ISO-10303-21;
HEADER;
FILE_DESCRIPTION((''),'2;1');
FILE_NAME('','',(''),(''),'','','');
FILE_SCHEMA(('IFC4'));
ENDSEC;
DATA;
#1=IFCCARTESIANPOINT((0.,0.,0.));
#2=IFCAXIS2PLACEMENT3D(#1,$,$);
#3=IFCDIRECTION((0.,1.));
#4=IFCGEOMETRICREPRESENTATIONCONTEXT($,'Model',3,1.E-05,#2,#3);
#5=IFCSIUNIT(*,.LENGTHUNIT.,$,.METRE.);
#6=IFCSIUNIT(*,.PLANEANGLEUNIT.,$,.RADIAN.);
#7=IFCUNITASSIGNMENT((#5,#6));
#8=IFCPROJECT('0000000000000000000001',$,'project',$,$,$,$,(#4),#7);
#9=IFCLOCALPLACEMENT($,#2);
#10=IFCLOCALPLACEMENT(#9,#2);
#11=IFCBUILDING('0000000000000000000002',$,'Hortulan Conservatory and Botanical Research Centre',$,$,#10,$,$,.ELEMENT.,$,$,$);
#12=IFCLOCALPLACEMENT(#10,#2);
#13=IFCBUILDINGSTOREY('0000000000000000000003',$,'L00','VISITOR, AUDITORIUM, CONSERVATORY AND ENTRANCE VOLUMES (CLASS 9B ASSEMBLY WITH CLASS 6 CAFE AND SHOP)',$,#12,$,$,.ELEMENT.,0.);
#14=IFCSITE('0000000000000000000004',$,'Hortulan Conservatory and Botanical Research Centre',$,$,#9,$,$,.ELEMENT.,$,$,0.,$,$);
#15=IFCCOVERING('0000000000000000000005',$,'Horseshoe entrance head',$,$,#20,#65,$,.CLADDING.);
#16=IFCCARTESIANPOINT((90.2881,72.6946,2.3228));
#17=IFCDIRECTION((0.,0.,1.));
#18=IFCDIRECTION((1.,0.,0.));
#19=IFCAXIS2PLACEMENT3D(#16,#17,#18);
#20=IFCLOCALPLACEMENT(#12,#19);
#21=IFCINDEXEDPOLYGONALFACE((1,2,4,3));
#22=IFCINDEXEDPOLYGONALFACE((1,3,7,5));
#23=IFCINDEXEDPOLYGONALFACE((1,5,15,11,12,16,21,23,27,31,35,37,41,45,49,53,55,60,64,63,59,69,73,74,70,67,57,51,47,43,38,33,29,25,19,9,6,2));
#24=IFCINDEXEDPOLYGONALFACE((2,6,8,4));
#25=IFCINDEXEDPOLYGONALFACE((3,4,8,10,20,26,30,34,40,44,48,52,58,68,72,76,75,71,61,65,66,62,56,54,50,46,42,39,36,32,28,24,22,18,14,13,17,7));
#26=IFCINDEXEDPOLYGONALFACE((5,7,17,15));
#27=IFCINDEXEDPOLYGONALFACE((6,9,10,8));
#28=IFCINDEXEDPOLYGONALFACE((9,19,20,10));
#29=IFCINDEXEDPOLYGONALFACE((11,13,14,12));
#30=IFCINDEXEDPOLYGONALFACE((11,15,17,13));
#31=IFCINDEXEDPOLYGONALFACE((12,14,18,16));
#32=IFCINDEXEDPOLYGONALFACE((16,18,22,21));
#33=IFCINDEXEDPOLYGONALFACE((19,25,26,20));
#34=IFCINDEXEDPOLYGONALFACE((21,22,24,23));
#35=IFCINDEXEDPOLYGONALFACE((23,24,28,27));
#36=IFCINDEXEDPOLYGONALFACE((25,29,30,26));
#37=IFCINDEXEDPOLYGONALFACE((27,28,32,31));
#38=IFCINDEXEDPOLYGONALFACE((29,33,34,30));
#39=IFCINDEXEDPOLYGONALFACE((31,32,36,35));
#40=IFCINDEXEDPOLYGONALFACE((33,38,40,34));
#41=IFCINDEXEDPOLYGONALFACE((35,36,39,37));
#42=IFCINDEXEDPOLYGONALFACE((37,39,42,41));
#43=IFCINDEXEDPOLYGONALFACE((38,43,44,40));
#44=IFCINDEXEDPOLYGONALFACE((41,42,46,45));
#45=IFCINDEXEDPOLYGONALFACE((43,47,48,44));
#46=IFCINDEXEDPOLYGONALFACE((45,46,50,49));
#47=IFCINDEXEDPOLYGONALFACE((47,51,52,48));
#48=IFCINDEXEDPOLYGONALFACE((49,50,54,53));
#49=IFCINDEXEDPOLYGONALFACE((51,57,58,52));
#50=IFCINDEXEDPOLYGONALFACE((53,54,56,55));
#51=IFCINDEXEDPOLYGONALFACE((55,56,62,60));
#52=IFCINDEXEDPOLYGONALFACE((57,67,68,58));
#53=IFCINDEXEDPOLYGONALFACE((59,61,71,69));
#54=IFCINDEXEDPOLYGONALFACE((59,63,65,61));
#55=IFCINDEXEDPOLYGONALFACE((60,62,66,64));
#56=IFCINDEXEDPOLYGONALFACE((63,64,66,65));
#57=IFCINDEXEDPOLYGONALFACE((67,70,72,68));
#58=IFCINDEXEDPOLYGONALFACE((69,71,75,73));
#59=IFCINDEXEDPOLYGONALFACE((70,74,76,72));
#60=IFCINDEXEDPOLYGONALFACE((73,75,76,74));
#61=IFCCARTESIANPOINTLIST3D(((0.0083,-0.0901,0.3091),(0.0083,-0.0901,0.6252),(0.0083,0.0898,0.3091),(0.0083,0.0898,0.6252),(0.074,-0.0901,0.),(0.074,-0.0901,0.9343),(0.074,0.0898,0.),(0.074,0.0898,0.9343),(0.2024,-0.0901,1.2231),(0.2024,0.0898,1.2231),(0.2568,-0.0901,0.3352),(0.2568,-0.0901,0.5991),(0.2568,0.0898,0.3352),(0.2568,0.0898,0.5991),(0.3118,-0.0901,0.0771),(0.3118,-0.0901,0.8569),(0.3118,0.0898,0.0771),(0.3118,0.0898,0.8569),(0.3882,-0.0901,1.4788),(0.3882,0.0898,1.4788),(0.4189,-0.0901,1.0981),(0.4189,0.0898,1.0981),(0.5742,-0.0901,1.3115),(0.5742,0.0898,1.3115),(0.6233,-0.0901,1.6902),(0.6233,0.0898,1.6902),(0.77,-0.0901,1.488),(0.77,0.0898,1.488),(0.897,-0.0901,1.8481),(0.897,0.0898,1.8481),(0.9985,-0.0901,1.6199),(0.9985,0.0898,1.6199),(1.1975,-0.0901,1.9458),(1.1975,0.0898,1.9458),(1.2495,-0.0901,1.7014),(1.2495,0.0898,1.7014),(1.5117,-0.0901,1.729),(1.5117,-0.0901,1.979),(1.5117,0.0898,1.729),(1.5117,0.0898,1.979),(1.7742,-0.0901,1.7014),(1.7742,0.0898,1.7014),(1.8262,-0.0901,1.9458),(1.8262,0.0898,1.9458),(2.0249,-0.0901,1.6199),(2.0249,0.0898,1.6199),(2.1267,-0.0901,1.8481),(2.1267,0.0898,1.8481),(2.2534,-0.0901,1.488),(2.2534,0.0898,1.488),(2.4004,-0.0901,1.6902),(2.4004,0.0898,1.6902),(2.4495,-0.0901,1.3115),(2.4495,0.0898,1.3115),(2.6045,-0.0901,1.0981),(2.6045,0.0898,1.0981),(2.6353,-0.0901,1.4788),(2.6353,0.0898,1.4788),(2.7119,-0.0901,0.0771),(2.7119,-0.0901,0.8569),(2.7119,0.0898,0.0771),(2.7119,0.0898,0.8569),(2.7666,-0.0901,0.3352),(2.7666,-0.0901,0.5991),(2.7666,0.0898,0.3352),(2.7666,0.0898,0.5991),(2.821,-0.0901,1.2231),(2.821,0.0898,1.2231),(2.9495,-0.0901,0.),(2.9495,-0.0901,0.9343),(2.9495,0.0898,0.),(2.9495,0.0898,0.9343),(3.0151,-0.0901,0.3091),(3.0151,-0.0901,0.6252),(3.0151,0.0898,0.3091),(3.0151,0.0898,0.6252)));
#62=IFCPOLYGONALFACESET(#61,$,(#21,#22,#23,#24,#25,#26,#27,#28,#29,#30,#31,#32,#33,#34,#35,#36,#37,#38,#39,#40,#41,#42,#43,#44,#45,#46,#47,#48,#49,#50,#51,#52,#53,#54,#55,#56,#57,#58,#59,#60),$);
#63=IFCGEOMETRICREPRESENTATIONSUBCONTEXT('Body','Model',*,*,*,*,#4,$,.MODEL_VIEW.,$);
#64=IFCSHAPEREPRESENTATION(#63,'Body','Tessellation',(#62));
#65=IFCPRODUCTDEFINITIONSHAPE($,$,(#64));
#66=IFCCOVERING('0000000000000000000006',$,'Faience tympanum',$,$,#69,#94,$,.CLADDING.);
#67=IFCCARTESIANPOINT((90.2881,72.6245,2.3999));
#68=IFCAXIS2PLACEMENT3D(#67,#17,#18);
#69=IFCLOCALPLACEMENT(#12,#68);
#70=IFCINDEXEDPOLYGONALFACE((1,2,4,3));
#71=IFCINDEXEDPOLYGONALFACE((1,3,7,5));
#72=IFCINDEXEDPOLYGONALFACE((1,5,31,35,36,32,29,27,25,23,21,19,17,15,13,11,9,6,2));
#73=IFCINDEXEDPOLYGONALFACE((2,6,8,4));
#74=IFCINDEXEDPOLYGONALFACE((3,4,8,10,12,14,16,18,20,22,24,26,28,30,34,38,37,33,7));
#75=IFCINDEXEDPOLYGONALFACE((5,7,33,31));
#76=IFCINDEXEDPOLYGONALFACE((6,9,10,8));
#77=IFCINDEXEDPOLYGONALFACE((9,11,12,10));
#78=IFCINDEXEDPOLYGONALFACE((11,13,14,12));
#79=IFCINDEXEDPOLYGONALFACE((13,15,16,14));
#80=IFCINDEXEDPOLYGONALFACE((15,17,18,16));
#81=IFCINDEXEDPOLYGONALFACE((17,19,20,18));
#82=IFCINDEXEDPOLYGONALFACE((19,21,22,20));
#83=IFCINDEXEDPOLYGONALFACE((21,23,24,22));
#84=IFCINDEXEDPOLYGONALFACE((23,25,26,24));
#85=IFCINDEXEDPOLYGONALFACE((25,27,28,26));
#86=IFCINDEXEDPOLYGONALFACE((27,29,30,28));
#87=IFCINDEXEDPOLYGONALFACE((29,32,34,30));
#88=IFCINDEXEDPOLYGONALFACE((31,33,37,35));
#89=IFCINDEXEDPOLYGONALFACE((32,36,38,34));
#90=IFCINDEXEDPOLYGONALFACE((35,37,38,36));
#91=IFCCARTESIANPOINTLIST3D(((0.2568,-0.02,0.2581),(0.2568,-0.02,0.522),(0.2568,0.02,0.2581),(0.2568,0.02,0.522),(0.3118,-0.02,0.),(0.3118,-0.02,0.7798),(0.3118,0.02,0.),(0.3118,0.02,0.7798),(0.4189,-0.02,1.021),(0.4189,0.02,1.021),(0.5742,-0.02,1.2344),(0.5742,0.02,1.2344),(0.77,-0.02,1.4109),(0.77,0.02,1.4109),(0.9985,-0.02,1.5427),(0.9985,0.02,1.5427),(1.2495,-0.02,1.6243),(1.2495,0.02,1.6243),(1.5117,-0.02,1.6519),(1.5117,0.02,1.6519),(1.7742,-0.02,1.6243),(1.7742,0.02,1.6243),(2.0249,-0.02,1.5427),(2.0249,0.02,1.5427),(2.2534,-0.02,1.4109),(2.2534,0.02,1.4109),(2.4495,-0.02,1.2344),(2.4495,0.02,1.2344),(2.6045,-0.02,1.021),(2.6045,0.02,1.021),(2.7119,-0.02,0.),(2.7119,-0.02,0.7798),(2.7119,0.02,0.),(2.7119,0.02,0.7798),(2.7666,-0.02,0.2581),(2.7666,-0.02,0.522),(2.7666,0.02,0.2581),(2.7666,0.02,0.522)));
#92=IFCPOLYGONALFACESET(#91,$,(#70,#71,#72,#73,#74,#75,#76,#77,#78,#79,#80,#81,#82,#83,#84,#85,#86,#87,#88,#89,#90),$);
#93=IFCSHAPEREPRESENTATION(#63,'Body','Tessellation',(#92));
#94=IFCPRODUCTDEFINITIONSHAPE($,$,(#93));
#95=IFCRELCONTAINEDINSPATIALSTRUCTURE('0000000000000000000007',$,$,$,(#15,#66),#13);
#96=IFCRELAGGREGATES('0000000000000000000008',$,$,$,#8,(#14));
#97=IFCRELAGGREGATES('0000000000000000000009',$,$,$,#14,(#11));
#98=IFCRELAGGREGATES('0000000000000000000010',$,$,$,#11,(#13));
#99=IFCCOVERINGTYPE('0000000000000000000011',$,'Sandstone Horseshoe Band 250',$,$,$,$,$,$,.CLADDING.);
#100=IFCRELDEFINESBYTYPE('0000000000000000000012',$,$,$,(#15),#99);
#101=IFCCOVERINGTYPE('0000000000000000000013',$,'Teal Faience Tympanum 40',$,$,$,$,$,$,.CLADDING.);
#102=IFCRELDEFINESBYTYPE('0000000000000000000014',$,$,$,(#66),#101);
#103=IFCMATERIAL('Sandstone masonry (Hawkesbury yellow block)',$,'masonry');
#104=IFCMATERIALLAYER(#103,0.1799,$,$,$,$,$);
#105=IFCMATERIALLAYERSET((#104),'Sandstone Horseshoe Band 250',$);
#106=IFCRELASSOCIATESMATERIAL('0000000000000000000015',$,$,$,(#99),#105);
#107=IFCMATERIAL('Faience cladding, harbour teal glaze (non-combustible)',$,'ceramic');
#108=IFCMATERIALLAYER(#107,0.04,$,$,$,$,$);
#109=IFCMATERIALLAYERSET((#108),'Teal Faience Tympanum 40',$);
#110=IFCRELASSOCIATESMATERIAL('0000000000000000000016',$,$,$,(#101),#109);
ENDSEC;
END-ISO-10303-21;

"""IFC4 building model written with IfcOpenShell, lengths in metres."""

from ifc_helpers import new_model, si_unit, direction, frame, origin, place, context, subcontext, project, spatial, polyline, outline, extrude, material, layer, layer_set, type_object, element, save


model = new_model("IFC4")

# Units and contexts
model_context = context("Model", 3, precision=1e-05, world=origin(), true_north=direction((0.0, 1.0)))
body_context = subcontext(model_context, "Body", "Model", "MODEL_VIEW")
ifc_project = project(units=[si_unit("LENGTHUNIT", "METRE"), si_unit("PLANEANGLEUNIT", "RADIAN")], contexts=[model_context])

# Site, building, storey
site_placement = place(None, origin())
site = spatial("IfcSite", under=ifc_project, at=site_placement, Name="Hortulan Conservatory and Botanical Research Centre", CompositionType="ELEMENT", RefElevation=0.0)
building_placement = place(site_placement, origin())
building = spatial("IfcBuilding", under=site, at=building_placement, Name="Hortulan Conservatory and Botanical Research Centre", CompositionType="ELEMENT")
storey_placement = place(building_placement, origin())
storey = spatial("IfcBuildingStorey", under=building, at=storey_placement, Name="L00", Description="VISITOR, AUDITORIUM, CONSERVATORY AND ENTRANCE VOLUMES (CLASS 9B ASSEMBLY WITH CLASS 6 CAFE AND SHOP)", CompositionType="ELEMENT", Elevation=0.0)

# Shared definitions
ifc_material_1 = material(Name="Sandstone masonry (Hawkesbury yellow block)", Category="masonry")

# Covering
ifc_layer_1 = layer(ifc_material_1, 0.1799)
ifc_layer_set_1 = layer_set([ifc_layer_1], Name="Sandstone Horseshoe Band 250")
covering_type_1 = type_object("IfcCoveringType", Name="Sandstone Horseshoe Band 250", PredefinedType="CLADDING", material=ifc_layer_set_1)
covering_1_placement = place(storey_placement, frame((90.2881, 72.6946, 2.3228), z_axis=(0.0, 0.0, 1.0), x_axis=(1.0, 0.0, 0.0)))
element("IfcCovering", 1, at=covering_1_placement, inside=storey, type_object=covering_type_1, Name="Horseshoe entrance head", PredefinedType="CLADDING", context=body_context, shape_type="SweptSolid", body=[
    extrude(outline(polyline([(0.3118, 0.0771), (0.2568, 0.3352), (0.2568, 0.5991), (0.3118, 0.8569), (0.4189, 1.0981), (0.5742, 1.3115), (0.77, 1.488), (0.9985, 1.6199), (1.2495, 1.7014), (1.5117, 1.729), (1.7742, 1.7014), (2.0249, 1.6199), (2.2534, 1.488), (2.4495, 1.3115), (2.6045, 1.0981), (2.7119, 0.8569), (2.7666, 0.5991), (2.7666, 0.3352), (2.7119, 0.0771), (2.9495, 0.0), (3.0151, 0.3091), (3.0151, 0.6252), (2.9495, 0.9343), (2.821, 1.2231), (2.6353, 1.4788), (2.4004, 1.6902), (2.1267, 1.8481), (1.8262, 1.9458), (1.5117, 1.979), (1.1975, 1.9458), (0.897, 1.8481), (0.6233, 1.6902), (0.3882, 1.4788), (0.2024, 1.2231), (0.074, 0.9343), (0.0083, 0.6252), (0.0083, 0.3091), (0.074, 0.0), (0.3118, 0.0771)])), frame((0.0, 0.0898, 0.0), z_axis=(0.0, -1.0, 0.0), x_axis=(1.0, 0.0, 0.0)), (0.0, 0.0, 1.0), 0.1799),
])

# Covering
ifc_material_2 = material(Name="Faience cladding, harbour teal glaze (non-combustible)", Category="ceramic")
ifc_layer_2 = layer(ifc_material_2, 0.04)
ifc_layer_set_2 = layer_set([ifc_layer_2], Name="Teal Faience Tympanum 40")
covering_type_2 = type_object("IfcCoveringType", Name="Teal Faience Tympanum 40", PredefinedType="CLADDING", material=ifc_layer_set_2)
covering_2_placement = place(storey_placement, frame((90.2881, 72.6245, 2.3999), z_axis=(0.0, 0.0, 1.0), x_axis=(1.0, 0.0, 0.0)))
element("IfcCovering", 2, at=covering_2_placement, inside=storey, type_object=covering_type_2, Name="Faience tympanum", PredefinedType="CLADDING", context=body_context, shape_type="SweptSolid", body=[
    extrude(outline(polyline([(0.3118, 0.0), (0.2568, 0.2581), (0.2568, 0.522), (0.3118, 0.7798), (0.4189, 1.021), (0.5742, 1.2344), (0.77, 1.4109), (0.9985, 1.5427), (1.2495, 1.6243), (1.5117, 1.6519), (1.7742, 1.6243), (2.0249, 1.5427), (2.2534, 1.4109), (2.4495, 1.2344), (2.6045, 1.021), (2.7119, 0.7798), (2.7666, 0.522), (2.7666, 0.2581), (2.7119, 0.0), (2.7119, 0.0), (0.3118, 0.0), (0.3118, 0.0)])), frame((0.0, 0.02, 0.0), z_axis=(0.0, -1.0, 0.0), x_axis=(1.0, 0.0, 0.0)), (0.0, 0.0, 1.0), 0.04),
])

save(model, "model.ifc")
